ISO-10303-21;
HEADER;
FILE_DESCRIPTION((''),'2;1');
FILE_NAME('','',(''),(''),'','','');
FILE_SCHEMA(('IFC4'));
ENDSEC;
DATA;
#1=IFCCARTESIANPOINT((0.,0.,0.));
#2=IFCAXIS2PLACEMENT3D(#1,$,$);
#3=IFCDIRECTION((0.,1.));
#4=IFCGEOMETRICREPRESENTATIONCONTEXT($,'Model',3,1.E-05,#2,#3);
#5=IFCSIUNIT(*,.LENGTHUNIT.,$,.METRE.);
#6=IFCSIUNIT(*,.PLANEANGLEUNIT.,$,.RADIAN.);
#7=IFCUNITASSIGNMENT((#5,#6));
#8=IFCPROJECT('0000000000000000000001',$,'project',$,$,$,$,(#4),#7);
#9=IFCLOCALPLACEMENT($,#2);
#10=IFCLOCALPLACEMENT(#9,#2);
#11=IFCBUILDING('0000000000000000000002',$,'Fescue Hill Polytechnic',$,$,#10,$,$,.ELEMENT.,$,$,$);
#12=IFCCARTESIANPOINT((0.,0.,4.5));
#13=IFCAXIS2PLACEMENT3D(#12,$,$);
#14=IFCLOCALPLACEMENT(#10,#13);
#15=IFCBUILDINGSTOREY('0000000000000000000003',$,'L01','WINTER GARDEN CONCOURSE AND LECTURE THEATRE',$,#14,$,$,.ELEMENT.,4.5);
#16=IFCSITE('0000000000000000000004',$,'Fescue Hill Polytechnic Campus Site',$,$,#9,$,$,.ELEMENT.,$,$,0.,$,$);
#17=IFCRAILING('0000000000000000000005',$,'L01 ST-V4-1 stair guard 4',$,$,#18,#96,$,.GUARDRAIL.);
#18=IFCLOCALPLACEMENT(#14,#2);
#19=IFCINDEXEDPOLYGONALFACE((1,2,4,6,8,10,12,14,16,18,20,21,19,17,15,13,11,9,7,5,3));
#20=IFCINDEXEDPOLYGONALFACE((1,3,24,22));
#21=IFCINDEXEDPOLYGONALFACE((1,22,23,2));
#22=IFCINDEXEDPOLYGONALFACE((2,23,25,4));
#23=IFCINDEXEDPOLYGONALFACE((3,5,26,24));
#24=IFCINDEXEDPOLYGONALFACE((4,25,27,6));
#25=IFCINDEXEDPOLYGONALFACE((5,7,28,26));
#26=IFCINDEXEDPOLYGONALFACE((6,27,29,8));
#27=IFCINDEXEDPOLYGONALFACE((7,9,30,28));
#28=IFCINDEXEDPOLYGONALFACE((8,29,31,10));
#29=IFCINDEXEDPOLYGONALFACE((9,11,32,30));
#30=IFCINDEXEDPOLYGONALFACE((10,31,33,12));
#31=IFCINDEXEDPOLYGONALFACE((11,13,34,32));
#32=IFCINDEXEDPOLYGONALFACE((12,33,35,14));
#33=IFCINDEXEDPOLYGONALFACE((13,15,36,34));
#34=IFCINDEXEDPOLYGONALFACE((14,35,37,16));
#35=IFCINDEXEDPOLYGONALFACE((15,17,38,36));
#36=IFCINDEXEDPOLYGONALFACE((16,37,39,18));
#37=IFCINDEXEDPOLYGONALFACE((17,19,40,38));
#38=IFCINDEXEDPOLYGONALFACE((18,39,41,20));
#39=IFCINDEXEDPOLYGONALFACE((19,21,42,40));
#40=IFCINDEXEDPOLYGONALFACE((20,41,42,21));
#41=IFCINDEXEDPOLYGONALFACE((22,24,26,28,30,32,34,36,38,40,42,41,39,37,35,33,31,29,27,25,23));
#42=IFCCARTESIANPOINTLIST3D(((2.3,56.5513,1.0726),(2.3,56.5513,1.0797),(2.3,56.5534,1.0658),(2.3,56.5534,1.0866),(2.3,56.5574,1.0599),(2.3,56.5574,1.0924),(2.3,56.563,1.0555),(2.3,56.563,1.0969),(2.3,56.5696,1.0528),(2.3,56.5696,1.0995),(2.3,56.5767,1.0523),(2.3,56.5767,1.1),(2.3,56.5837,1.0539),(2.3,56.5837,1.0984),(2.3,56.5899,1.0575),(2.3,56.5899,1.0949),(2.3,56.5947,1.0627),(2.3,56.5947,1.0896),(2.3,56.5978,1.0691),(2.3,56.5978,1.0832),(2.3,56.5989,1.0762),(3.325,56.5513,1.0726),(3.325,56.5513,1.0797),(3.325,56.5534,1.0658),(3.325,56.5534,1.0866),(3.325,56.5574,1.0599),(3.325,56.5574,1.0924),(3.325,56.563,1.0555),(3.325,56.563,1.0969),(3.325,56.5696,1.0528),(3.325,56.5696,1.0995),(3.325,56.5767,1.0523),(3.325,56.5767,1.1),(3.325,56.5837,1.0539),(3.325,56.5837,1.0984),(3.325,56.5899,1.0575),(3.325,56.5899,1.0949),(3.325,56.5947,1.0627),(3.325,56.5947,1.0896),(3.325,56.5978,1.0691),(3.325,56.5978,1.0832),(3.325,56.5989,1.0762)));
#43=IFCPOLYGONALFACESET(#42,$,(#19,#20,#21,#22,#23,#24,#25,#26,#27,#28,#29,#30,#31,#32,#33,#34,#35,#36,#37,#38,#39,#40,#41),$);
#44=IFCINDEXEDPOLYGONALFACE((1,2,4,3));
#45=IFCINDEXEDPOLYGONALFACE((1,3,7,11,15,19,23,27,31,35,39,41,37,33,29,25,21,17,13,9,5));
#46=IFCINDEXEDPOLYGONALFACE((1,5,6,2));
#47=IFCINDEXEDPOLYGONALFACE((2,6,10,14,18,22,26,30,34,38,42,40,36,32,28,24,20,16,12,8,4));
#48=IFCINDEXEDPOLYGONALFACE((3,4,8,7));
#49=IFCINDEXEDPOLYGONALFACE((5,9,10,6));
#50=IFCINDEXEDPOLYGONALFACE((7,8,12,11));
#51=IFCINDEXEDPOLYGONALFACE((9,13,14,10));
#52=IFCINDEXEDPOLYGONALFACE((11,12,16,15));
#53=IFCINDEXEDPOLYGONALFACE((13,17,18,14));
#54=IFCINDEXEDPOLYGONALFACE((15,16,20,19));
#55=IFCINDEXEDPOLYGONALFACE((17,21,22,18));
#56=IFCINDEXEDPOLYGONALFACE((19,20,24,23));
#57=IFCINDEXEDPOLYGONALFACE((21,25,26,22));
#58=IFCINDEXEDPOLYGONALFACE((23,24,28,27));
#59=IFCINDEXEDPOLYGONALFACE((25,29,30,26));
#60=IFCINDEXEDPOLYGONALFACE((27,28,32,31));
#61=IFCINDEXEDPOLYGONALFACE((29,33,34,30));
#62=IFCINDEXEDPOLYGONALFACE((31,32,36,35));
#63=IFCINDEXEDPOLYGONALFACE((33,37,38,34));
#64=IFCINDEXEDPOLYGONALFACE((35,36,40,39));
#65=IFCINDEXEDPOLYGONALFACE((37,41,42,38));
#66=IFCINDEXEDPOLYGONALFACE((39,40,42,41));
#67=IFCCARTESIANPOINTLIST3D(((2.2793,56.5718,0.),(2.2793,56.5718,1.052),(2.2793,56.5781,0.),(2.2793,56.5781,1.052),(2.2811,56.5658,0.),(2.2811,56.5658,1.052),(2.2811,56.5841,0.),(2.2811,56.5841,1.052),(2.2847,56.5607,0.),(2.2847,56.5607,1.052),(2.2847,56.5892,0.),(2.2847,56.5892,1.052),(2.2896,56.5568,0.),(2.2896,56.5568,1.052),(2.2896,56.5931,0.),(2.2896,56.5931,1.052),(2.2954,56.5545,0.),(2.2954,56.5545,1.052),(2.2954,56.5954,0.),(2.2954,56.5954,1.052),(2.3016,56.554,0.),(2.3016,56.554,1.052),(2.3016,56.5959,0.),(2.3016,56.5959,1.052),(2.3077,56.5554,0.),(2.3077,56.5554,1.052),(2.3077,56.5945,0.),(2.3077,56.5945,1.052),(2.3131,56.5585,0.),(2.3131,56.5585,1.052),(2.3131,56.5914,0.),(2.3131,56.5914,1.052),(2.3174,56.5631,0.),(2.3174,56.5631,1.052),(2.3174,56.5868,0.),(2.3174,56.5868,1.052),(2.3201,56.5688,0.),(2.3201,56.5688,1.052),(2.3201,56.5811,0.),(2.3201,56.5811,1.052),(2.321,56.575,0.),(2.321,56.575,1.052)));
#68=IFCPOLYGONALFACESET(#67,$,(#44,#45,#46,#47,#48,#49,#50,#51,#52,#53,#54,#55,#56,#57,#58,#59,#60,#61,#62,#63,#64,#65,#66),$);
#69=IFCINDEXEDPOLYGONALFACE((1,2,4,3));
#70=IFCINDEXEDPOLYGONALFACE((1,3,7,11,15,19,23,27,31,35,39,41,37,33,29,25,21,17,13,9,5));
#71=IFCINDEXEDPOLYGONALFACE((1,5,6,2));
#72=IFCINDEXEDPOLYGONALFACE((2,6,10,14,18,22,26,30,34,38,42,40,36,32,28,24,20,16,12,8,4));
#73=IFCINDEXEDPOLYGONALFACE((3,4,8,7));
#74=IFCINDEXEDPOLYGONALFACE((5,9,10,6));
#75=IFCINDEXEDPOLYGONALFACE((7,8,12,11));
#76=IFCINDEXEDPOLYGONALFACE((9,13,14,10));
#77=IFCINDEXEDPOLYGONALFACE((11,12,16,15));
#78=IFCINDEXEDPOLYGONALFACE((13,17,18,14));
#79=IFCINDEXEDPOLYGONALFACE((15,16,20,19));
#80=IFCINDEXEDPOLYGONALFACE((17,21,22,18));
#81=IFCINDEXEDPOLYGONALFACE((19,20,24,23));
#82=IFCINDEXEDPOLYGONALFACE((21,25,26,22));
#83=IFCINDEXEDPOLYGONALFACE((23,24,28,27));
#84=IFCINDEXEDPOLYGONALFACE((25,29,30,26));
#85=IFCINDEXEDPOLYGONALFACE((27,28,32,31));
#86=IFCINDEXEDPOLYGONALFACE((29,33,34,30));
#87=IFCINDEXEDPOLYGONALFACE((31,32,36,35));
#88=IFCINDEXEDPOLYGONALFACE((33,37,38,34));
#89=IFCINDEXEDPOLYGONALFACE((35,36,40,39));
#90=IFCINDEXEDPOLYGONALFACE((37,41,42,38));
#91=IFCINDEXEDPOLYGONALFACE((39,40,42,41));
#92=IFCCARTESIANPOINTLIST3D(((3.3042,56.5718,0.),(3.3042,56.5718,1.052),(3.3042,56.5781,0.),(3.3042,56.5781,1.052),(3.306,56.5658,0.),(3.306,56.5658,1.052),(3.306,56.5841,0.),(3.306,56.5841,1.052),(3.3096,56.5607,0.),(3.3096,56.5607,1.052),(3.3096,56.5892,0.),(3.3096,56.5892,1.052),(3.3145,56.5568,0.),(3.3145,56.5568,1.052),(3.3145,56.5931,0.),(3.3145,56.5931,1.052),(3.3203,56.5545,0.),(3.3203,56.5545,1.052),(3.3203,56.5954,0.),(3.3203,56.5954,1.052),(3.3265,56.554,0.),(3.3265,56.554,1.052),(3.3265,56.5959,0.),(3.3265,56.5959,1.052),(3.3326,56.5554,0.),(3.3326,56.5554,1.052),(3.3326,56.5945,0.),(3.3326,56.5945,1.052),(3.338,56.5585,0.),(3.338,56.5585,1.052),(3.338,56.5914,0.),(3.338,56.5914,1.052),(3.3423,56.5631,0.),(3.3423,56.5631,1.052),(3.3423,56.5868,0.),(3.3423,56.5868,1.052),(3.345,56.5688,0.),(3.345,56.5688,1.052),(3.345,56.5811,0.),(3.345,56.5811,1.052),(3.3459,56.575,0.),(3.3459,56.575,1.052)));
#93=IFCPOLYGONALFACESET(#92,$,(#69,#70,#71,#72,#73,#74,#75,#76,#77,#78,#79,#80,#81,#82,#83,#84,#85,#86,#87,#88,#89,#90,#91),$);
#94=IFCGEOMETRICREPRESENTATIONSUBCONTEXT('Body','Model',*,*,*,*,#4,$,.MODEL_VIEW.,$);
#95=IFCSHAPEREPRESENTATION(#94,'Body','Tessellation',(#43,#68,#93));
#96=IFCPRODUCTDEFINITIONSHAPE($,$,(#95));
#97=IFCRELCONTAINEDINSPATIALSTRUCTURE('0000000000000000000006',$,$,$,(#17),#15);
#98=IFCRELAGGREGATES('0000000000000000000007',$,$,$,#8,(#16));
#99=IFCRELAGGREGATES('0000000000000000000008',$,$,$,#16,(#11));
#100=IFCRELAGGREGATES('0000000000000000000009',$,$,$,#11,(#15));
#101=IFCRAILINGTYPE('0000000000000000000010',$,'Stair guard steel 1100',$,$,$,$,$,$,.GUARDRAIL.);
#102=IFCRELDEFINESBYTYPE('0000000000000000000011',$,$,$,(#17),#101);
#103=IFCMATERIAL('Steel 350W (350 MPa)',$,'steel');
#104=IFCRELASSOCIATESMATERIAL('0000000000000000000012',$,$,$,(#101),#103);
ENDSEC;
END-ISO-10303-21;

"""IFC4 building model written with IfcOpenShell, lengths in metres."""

from ifc_helpers import new_model, si_unit, direction, frame, origin, origin_2d, place, context, subcontext, project, spatial, circle, extrude, material, type_object, element, save


model = new_model("IFC4")

# Units and contexts
model_context = context("Model", 3, precision=1e-05, world=origin(), true_north=direction((0.0, 1.0)))
body_context = subcontext(model_context, "Body", "Model", "MODEL_VIEW")
ifc_project = project(units=[si_unit("LENGTHUNIT", "METRE"), si_unit("PLANEANGLEUNIT", "RADIAN")], contexts=[model_context])

# Site, building, storey
site_placement = place(None, origin())
site = spatial("IfcSite", under=ifc_project, at=site_placement, Name="Fescue Hill Polytechnic Campus Site", CompositionType="ELEMENT", RefElevation=0.0)
building_placement = place(site_placement, origin())
building = spatial("IfcBuilding", under=site, at=building_placement, Name="Fescue Hill Polytechnic", CompositionType="ELEMENT")
storey_placement = place(building_placement, frame((0.0, 0.0, 4.5)))
storey = spatial("IfcBuildingStorey", under=building, at=storey_placement, Name="L01", Description="WINTER GARDEN CONCOURSE AND LECTURE THEATRE", CompositionType="ELEMENT", Elevation=4.5)

# Railing
ifc_material_1 = material(Name="Steel 350W (350 MPa)", Category="steel")
railing_type_1 = type_object("IfcRailingType", Name="Stair guard steel 1100", PredefinedType="GUARDRAIL", material=ifc_material_1)
railing_1_placement = place(storey_placement, frame((2.3, 56.575, 0.0)))
element("IfcRailing", 1, at=railing_1_placement, inside=storey, type_object=railing_type_1, Name="L01 ST-V4-1 stair guard 4", PredefinedType="GUARDRAIL", context=body_context, shape_type="SweptSolid", body=[
    extrude(circle(Radius=0.0239, at=origin_2d()), frame((0.0, 0.0, 1.0762), z_axis=(1.0, 0.0, 0.0), x_axis=(0.0, 1.0, 0.0)), (0.0, 0.0, 1.0), 1.0249),
    extrude(circle(Radius=0.021, at=origin_2d()), origin(), (0.0, 0.0, 1.0), 1.052),
    extrude(circle(Radius=0.021, at=origin_2d()), frame((1.0249, 0.0, 0.0)), (0.0, 0.0, 1.0), 1.052),
])

save(model, "model.ifc")
